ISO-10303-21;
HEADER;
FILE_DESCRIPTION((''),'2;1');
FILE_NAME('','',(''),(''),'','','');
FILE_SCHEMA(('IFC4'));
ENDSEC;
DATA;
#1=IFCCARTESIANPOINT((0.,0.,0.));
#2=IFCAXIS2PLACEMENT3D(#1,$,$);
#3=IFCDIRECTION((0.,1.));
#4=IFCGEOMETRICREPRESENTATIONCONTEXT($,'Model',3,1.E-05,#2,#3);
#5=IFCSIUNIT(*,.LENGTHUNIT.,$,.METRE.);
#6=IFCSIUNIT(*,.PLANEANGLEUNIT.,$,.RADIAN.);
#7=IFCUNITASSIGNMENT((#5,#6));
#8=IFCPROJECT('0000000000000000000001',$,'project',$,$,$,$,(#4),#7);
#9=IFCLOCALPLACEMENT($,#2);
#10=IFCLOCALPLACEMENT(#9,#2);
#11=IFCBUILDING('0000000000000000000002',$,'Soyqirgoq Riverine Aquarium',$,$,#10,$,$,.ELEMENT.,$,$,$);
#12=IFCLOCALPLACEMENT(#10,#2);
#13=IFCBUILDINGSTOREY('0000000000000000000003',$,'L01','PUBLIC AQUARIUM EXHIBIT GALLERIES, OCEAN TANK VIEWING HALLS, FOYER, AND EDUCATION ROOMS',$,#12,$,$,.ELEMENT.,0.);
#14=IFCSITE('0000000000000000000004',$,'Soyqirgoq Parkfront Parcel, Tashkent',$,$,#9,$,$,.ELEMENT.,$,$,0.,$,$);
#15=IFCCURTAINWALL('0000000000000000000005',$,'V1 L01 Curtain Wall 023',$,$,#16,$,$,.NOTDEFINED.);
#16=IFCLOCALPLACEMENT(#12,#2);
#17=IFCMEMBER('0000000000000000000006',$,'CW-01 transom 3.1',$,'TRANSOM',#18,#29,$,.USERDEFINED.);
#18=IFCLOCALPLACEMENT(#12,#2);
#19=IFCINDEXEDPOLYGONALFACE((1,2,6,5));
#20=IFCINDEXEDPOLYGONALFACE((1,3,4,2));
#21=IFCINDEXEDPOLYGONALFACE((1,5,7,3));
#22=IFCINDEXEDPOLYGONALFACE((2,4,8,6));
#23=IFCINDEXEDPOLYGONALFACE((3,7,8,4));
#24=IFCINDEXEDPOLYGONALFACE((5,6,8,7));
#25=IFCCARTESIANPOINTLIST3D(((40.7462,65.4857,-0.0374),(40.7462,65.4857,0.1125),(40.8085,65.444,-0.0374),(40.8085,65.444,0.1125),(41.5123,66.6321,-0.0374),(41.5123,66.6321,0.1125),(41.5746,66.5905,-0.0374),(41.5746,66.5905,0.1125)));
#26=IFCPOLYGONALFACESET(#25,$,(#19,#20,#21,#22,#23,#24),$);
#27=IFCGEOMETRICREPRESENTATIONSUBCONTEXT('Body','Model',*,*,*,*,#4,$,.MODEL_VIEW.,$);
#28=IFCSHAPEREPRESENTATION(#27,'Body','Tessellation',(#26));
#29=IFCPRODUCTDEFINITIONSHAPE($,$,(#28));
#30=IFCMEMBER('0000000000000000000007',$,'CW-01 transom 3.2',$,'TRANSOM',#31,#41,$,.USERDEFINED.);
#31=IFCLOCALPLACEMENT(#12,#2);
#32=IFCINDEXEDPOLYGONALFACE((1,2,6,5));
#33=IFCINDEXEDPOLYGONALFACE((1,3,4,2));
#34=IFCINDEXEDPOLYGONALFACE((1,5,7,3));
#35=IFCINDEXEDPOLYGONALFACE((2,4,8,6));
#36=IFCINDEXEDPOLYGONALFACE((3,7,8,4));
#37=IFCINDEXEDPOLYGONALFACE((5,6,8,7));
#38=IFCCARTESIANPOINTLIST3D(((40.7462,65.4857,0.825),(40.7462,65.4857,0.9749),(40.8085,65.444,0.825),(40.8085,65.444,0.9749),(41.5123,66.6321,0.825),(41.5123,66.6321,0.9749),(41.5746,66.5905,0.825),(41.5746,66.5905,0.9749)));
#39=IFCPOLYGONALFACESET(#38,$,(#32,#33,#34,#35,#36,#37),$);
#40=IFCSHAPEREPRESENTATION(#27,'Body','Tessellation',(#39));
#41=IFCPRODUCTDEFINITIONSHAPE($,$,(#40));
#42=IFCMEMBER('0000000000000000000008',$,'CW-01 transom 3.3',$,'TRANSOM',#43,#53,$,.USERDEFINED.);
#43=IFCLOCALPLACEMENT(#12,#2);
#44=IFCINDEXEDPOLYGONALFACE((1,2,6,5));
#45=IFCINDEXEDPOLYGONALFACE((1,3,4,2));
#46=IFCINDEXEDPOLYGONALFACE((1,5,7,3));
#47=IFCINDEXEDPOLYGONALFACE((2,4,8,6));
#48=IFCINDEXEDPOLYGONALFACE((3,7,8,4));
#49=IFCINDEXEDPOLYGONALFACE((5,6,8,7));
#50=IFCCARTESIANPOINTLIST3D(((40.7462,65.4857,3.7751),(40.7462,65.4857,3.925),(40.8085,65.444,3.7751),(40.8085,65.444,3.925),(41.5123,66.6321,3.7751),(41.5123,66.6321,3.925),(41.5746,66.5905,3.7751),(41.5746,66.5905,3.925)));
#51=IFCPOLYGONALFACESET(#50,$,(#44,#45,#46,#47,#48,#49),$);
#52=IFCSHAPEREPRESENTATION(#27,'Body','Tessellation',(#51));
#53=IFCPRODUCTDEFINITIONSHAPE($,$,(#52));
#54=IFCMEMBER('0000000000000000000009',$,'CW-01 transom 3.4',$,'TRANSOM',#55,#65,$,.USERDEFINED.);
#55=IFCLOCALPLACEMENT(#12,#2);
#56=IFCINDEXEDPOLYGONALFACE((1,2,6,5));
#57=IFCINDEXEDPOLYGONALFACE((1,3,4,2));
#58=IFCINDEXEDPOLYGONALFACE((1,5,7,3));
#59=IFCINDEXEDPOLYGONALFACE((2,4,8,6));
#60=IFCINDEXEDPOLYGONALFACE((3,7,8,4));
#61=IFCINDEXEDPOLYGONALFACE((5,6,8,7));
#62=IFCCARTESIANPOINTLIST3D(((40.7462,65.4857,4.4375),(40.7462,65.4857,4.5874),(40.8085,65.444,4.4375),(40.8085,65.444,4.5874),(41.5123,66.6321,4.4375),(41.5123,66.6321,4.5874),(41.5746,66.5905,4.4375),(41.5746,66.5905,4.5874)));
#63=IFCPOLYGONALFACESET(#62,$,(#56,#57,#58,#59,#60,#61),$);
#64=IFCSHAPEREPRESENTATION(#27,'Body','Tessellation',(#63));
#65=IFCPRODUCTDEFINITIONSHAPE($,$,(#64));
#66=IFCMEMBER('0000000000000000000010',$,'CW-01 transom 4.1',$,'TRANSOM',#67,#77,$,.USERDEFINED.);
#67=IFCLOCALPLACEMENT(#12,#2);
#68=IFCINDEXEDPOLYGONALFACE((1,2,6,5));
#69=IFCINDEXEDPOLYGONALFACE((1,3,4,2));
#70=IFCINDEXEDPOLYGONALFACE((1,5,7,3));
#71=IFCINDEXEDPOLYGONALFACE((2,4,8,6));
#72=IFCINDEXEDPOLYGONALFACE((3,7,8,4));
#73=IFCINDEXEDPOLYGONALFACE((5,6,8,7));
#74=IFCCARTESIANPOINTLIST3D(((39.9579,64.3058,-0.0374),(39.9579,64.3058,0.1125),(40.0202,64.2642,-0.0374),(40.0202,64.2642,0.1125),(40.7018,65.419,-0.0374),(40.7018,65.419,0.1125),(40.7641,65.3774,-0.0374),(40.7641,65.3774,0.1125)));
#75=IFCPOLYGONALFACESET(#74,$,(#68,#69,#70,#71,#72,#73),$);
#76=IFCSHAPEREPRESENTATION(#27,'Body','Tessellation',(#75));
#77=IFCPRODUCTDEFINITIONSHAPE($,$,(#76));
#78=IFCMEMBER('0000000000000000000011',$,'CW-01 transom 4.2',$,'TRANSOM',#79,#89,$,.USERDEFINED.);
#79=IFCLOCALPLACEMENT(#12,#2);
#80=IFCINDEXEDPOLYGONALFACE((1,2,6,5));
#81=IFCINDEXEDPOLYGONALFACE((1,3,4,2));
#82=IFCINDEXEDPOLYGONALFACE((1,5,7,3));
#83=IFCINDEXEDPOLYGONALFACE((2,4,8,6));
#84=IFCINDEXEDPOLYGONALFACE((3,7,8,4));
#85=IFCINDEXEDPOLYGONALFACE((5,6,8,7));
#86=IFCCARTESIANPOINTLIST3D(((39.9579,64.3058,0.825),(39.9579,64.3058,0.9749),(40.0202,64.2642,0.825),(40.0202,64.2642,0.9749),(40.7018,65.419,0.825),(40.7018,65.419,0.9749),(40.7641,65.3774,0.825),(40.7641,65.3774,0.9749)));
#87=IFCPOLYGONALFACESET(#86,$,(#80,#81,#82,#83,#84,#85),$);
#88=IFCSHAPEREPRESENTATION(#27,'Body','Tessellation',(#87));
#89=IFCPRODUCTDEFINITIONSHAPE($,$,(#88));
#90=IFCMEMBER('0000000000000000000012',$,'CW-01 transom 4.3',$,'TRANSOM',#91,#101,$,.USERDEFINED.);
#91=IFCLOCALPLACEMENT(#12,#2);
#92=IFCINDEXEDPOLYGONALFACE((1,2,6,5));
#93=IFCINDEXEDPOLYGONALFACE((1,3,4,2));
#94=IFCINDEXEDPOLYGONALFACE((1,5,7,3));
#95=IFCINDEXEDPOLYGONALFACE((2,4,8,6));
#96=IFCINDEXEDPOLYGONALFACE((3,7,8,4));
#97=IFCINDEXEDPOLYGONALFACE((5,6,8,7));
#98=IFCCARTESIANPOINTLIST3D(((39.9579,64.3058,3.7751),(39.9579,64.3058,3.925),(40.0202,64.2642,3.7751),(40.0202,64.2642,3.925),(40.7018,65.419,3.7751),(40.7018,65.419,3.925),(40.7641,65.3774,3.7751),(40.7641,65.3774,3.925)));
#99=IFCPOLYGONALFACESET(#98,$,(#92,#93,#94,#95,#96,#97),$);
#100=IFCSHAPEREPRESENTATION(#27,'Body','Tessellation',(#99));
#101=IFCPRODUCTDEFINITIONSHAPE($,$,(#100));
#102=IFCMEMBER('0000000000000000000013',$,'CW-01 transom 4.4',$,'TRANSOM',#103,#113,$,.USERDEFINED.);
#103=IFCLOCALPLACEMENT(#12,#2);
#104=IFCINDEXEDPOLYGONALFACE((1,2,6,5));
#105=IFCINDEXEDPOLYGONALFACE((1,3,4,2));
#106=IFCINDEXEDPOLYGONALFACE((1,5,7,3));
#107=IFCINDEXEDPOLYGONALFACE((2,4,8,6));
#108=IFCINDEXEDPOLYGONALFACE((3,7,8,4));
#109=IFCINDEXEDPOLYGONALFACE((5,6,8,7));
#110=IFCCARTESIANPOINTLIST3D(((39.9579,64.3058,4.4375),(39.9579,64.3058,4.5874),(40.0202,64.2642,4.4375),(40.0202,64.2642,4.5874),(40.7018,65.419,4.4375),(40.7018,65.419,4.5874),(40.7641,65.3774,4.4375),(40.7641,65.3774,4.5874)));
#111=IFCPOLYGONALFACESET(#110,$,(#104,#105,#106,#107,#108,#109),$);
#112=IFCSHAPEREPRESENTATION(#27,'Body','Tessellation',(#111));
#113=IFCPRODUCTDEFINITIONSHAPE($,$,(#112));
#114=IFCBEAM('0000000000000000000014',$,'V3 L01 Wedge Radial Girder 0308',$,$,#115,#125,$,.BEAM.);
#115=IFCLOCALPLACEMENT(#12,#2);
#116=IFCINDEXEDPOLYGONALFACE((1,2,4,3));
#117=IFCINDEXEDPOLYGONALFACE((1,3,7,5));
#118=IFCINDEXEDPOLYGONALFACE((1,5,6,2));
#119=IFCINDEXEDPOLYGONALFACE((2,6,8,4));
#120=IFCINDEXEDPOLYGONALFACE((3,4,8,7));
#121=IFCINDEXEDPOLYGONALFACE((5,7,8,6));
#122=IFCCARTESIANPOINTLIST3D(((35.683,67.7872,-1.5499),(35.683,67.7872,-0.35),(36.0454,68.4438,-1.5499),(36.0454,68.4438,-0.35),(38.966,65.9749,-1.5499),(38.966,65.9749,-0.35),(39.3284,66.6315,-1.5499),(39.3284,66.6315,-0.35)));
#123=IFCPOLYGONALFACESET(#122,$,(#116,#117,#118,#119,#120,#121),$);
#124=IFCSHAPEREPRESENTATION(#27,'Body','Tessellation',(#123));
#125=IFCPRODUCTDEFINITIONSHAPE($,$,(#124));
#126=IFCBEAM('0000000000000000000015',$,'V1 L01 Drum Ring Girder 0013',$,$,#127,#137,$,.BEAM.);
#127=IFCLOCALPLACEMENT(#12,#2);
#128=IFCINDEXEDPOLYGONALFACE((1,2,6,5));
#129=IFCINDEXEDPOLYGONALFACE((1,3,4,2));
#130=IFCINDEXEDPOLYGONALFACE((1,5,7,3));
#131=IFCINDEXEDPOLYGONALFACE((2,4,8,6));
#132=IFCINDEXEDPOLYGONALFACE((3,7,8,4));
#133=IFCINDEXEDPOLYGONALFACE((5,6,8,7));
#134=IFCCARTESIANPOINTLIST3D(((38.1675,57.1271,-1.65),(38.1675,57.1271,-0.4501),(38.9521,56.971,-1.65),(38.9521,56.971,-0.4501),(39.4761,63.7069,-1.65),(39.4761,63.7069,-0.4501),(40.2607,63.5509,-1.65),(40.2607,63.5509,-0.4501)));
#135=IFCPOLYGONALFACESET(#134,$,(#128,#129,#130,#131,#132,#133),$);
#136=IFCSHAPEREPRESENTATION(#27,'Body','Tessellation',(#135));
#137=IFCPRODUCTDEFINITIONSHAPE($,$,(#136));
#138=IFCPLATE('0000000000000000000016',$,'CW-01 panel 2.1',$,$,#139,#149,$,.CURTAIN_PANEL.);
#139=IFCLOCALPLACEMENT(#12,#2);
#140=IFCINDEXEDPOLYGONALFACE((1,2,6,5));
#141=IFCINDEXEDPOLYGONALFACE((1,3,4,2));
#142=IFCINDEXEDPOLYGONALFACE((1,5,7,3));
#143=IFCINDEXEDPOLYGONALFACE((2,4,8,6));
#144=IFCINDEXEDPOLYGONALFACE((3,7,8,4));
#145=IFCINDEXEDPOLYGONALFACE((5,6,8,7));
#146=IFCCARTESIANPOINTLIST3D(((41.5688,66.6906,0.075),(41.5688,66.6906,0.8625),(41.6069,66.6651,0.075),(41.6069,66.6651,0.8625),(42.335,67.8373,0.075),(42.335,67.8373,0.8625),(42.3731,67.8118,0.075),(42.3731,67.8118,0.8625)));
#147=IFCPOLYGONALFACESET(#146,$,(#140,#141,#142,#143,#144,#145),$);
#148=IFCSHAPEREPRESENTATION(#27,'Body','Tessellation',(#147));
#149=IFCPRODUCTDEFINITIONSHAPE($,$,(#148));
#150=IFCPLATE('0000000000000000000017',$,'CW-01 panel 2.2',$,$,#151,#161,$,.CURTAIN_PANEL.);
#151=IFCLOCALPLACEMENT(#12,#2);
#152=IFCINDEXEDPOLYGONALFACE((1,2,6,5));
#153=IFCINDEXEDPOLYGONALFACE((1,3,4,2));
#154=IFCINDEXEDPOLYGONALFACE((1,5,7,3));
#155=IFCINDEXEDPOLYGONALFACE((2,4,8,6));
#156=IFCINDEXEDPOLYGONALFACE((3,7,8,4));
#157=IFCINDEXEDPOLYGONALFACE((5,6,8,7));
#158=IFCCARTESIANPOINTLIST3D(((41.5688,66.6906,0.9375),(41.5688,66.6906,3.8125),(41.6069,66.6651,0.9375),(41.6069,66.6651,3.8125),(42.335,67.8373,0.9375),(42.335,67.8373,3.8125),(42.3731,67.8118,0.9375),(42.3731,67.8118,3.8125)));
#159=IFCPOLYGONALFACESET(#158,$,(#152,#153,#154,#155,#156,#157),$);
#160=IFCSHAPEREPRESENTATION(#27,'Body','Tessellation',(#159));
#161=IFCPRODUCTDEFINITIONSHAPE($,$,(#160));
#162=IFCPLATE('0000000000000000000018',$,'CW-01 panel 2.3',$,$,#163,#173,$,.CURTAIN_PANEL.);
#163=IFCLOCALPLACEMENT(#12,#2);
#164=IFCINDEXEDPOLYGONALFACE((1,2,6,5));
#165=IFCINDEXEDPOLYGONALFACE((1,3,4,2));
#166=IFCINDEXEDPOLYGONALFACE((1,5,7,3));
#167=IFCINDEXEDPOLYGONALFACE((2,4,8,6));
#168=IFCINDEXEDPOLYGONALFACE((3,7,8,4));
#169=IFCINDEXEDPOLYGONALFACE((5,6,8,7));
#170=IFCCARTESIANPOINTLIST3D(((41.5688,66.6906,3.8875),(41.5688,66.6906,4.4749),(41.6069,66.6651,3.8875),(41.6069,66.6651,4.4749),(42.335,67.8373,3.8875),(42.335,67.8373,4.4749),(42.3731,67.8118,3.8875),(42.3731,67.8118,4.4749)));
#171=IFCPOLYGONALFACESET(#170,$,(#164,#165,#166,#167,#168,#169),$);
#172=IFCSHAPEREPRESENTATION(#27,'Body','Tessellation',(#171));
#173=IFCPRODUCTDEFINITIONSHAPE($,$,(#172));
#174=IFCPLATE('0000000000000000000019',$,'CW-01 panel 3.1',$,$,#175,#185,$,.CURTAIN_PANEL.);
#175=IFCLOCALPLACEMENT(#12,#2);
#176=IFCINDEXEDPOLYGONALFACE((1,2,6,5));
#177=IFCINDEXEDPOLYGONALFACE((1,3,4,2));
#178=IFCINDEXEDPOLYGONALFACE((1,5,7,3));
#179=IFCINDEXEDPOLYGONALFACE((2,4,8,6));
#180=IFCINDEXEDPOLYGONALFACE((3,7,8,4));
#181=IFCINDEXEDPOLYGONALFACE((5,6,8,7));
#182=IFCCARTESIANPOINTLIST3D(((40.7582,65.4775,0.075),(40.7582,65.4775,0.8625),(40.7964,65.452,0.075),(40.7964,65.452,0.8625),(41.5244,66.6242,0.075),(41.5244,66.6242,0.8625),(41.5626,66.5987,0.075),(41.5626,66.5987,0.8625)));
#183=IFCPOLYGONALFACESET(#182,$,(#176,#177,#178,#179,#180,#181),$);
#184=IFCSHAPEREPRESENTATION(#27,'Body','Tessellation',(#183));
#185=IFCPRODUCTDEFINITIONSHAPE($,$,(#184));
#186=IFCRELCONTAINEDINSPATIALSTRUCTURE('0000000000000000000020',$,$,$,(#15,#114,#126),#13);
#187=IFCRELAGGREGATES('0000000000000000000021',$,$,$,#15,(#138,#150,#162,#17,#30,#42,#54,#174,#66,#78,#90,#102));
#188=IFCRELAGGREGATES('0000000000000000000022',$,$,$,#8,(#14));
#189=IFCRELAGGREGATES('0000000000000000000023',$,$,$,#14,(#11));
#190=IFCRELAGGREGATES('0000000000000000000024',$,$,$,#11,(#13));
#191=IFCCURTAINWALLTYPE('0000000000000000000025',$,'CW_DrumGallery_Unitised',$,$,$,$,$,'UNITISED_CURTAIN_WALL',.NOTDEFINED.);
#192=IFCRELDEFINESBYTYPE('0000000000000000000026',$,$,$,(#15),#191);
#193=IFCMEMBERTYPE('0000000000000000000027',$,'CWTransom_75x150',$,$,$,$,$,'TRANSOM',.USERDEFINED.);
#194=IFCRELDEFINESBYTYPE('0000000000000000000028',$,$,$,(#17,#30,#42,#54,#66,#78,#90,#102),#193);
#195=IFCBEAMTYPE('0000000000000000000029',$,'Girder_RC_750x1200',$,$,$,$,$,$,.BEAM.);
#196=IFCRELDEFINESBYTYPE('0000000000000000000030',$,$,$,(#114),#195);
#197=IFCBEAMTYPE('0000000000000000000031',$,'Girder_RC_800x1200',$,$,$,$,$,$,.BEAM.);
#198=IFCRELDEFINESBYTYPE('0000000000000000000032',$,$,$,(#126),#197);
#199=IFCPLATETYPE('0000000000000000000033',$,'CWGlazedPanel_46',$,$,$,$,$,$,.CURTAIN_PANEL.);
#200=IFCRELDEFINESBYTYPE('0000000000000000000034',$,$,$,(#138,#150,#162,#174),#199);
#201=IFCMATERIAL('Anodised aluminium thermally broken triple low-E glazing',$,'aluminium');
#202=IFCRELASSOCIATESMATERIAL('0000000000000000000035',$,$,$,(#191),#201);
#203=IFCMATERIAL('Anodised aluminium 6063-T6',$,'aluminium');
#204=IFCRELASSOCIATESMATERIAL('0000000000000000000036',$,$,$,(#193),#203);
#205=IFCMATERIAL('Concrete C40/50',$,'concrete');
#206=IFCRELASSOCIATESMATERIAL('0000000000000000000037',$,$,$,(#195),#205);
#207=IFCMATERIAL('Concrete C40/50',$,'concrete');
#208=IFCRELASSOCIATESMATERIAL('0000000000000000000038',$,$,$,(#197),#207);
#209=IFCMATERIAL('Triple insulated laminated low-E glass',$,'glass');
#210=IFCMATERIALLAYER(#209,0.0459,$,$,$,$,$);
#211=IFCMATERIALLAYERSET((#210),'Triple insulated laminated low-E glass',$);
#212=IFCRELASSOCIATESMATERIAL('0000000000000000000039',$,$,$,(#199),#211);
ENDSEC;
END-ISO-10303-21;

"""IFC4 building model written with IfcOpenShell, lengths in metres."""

from ifc_helpers import new_model, si_unit, direction, frame, origin, origin_2d, place, context, subcontext, project, spatial, rectangle, extrude, material, layer, layer_set, material_profile, profile_set, type_object, element, aggregate, save


model = new_model("IFC4")

# Units and contexts
model_context = context("Model", 3, precision=1e-05, world=origin(), true_north=direction((0.0, 1.0)))
body_context = subcontext(model_context, "Body", "Model", "MODEL_VIEW")
ifc_project = project(units=[si_unit("LENGTHUNIT", "METRE"), si_unit("PLANEANGLEUNIT", "RADIAN")], contexts=[model_context])

# Site, building, storey
site_placement = place(None, origin())
site = spatial("IfcSite", under=ifc_project, at=site_placement, Name="Soyqirgoq Parkfront Parcel, Tashkent", CompositionType="ELEMENT", RefElevation=0.0)
building_placement = place(site_placement, origin())
building = spatial("IfcBuilding", under=site, at=building_placement, Name="Soyqirgoq Riverine Aquarium", CompositionType="ELEMENT")
storey_placement = place(building_placement, origin())
storey = spatial("IfcBuildingStorey", under=building, at=storey_placement, Name="L01", Description="PUBLIC AQUARIUM EXHIBIT GALLERIES, OCEAN TANK VIEWING HALLS, FOYER, AND EDUCATION ROOMS", CompositionType="ELEMENT", Elevation=0.0)

# Curtain wall, members
ifc_material_1 = material(Name="Anodised aluminium thermally broken triple low-E glazing", Category="aluminium")
curtain_wall_type = type_object("IfcCurtainWallType", Name="CW_DrumGallery_Unitised", ElementType="UNITISED_CURTAIN_WALL", PredefinedType="NOTDEFINED", material=ifc_material_1)
curtain_wall_placement = place(storey_placement, origin())
curtain_wall = element("IfcCurtainWall", 1, at=curtain_wall_placement, inside=storey, type_object=curtain_wall_type, Name="V1 L01 Curtain Wall 023", PredefinedType="NOTDEFINED")
ifc_material_2 = material(Name="Anodised aluminium 6063-T6", Category="aluminium")
ifc_material_profile_1 = material_profile(ifc_material_2, rectangle(XDim=0.075, YDim=0.1499, at=origin_2d()), Name="ALU-T 75x150")
ifc_profile_set_1 = profile_set([ifc_material_profile_1], Name="Anodised aluminium 6063-T6")
member_type_1 = type_object("IfcMemberType", Name="CWTransom_75x150", ElementType="TRANSOM", PredefinedType="USERDEFINED", material=ifc_profile_set_1)
member_1_placement = place(storey_placement, frame((41.5435, 66.6113, 0.0376), z_axis=(-0.555599, -0.831451, 0.0), x_axis=(0.831451, -0.555599, 0.0)))
member_1 = element("IfcMember", 2, at=member_1_placement, type_object=member_type_1, Name="CW-01 transom 3.1", ObjectType="TRANSOM", PredefinedType="USERDEFINED", context=body_context, shape_type="SweptSolid", body=[
    extrude(rectangle(XDim=0.075, YDim=0.1499, at=origin_2d()), origin(), (0.0, 0.0, 1.0), 1.3789),
])
member_2_placement = place(storey_placement, frame((41.5435, 66.6113, 0.8999), z_axis=(-0.555599, -0.831451, 0.0), x_axis=(0.831451, -0.555599, 0.0)))
member_2 = element("IfcMember", 3, at=member_2_placement, type_object=member_type_1, Name="CW-01 transom 3.2", ObjectType="TRANSOM", PredefinedType="USERDEFINED", context=body_context, shape_type="SweptSolid", body=[
    extrude(rectangle(XDim=0.075, YDim=0.1499, at=origin_2d()), origin(), (0.0, 0.0, 1.0), 1.3789),
])
member_3_placement = place(storey_placement, frame((41.5435, 66.6113, 3.8501), z_axis=(-0.555599, -0.831451, 0.0), x_axis=(0.831451, -0.555599, 0.0)))
member_3 = element("IfcMember", 4, at=member_3_placement, type_object=member_type_1, Name="CW-01 transom 3.3", ObjectType="TRANSOM", PredefinedType="USERDEFINED", context=body_context, shape_type="SweptSolid", body=[
    extrude(rectangle(XDim=0.075, YDim=0.1499, at=origin_2d()), origin(), (0.0, 0.0, 1.0), 1.3789),
])
member_4_placement = place(storey_placement, frame((41.5435, 66.6113, 4.5125), z_axis=(-0.555599, -0.831451, 0.0), x_axis=(0.831451, -0.555599, 0.0)))
member_4 = element("IfcMember", 5, at=member_4_placement, type_object=member_type_1, Name="CW-01 transom 3.4", ObjectType="TRANSOM", PredefinedType="USERDEFINED", context=body_context, shape_type="SweptSolid", body=[
    extrude(rectangle(XDim=0.075, YDim=0.1499, at=origin_2d()), origin(), (0.0, 0.0, 1.0), 1.3789),
])
member_5_placement = place(storey_placement, frame((40.7329, 65.3982, 0.0376), z_axis=(-0.555584, -0.831461, 0.0), x_axis=(0.831461, -0.555584, 0.0)))
member_5 = element("IfcMember", 6, at=member_5_placement, type_object=member_type_1, Name="CW-01 transom 4.1", ObjectType="TRANSOM", PredefinedType="USERDEFINED", context=body_context, shape_type="SweptSolid", body=[
    extrude(rectangle(XDim=0.075, YDim=0.1499, at=origin_2d()), origin(), (0.0, 0.0, 1.0), 1.3389),
])
member_6_placement = place(storey_placement, frame((40.7329, 65.3982, 0.8999), z_axis=(-0.555584, -0.831461, 0.0), x_axis=(0.831461, -0.555584, 0.0)))
member_6 = element("IfcMember", 7, at=member_6_placement, type_object=member_type_1, Name="CW-01 transom 4.2", ObjectType="TRANSOM", PredefinedType="USERDEFINED", context=body_context, shape_type="SweptSolid", body=[
    extrude(rectangle(XDim=0.075, YDim=0.1499, at=origin_2d()), origin(), (0.0, 0.0, 1.0), 1.3389),
])
member_7_placement = place(storey_placement, frame((40.7329, 65.3982, 3.8501), z_axis=(-0.555584, -0.831461, 0.0), x_axis=(0.831461, -0.555584, 0.0)))
member_7 = element("IfcMember", 8, at=member_7_placement, type_object=member_type_1, Name="CW-01 transom 4.3", ObjectType="TRANSOM", PredefinedType="USERDEFINED", context=body_context, shape_type="SweptSolid", body=[
    extrude(rectangle(XDim=0.075, YDim=0.1499, at=origin_2d()), origin(), (0.0, 0.0, 1.0), 1.3389),
])
member_8_placement = place(storey_placement, frame((40.7329, 65.3982, 4.5125), z_axis=(-0.555584, -0.831461, 0.0), x_axis=(0.831461, -0.555584, 0.0)))
member_8 = element("IfcMember", 9, at=member_8_placement, type_object=member_type_1, Name="CW-01 transom 4.4", ObjectType="TRANSOM", PredefinedType="USERDEFINED", context=body_context, shape_type="SweptSolid", body=[
    extrude(rectangle(XDim=0.075, YDim=0.1499, at=origin_2d()), origin(), (0.0, 0.0, 1.0), 1.3389),
])

# Beams
ifc_material_3 = material(Name="Concrete C40/50", Category="concrete")
ifc_material_profile_2 = material_profile(ifc_material_3, rectangle(XDim=0.75, YDim=1.2, at=origin_2d()), Name="RC 750x1200")
ifc_profile_set_2 = profile_set([ifc_material_profile_2], Name="Concrete C40/50")
beam_type_1 = type_object("IfcBeamType", Name="Girder_RC_750x1200", PredefinedType="BEAM", material=ifc_profile_set_2)
beam_1_placement = place(storey_placement, frame((39.1472, 66.3032, -0.95), z_axis=(-0.875468, 0.483275, 0.0), x_axis=(-0.483275, -0.875468, 0.0)))
element("IfcBeam", 10, at=beam_1_placement, inside=storey, type_object=beam_type_1, Name="V3 L01 Wedge Radial Girder 0308", PredefinedType="BEAM", context=body_context, shape_type="SweptSolid", body=[
    extrude(rectangle(XDim=0.75, YDim=1.2, at=origin_2d()), origin(), (0.0, 0.0, 1.0), 3.75),
])
ifc_material_4 = material(Name="Concrete C40/50", Category="concrete")
ifc_material_profile_3 = material_profile(ifc_material_4, rectangle(XDim=0.8, YDim=1.2, at=origin_2d()), Name="RC 800x1200")
ifc_profile_set_3 = profile_set([ifc_material_profile_3], Name="Concrete C40/50")
beam_type_2 = type_object("IfcBeamType", Name="Girder_RC_800x1200", PredefinedType="BEAM", material=ifc_profile_set_3)
beam_2_placement = place(storey_placement, frame((39.8684, 63.6289, -1.05), z_axis=(-0.195059, -0.980791, 0.0), x_axis=(0.980791, -0.195059, 0.0)))
element("IfcBeam", 11, at=beam_2_placement, inside=storey, type_object=beam_type_2, Name="V1 L01 Drum Ring Girder 0013", PredefinedType="BEAM", context=body_context, shape_type="SweptSolid", body=[
    extrude(rectangle(XDim=0.8, YDim=1.2, at=origin_2d()), origin(), (0.0, 0.0, 1.0), 6.7087),
])

# Plates
ifc_material_5 = material(Name="Triple insulated laminated low-E glass", Category="glass")
ifc_layer_1 = layer(ifc_material_5, 0.0459)
ifc_layer_set_1 = layer_set([ifc_layer_1], Name="Triple insulated laminated low-E glass")
plate_type = type_object("IfcPlateType", Name="CWGlazedPanel_46", PredefinedType="CURTAIN_PANEL", material=ifc_layer_set_1)
plate_1_placement = place(storey_placement, frame((41.9709, 67.2512, 0.075), z_axis=(0.0, 0.0, 1.0), x_axis=(-0.555574, -0.831467, 0.0)))
plate_1 = element("IfcPlate", 12, at=plate_1_placement, type_object=plate_type, Name="CW-01 panel 2.1", PredefinedType="CURTAIN_PANEL", context=body_context, shape_type="SweptSolid", body=[
    extrude(rectangle(XDim=1.3792, YDim=0.0459, at=origin_2d()), origin(), (0.0, 0.0, 1.0), 0.7876),
])
plate_2_placement = place(storey_placement, frame((41.9709, 67.2512, 0.9375), z_axis=(0.0, 0.0, 1.0), x_axis=(-0.555574, -0.831467, 0.0)))
plate_2 = element("IfcPlate", 13, at=plate_2_placement, type_object=plate_type, Name="CW-01 panel 2.2", PredefinedType="CURTAIN_PANEL", context=body_context, shape_type="SweptSolid", body=[
    extrude(rectangle(XDim=1.3792, YDim=0.0459, at=origin_2d()), origin(), (0.0, 0.0, 1.0), 2.875),
])
plate_3_placement = place(storey_placement, frame((41.9709, 67.2512, 3.8875), z_axis=(0.0, 0.0, 1.0), x_axis=(-0.555574, -0.831467, 0.0)))
plate_3 = element("IfcPlate", 14, at=plate_3_placement, type_object=plate_type, Name="CW-01 panel 2.3", PredefinedType="CURTAIN_PANEL", context=body_context, shape_type="SweptSolid", body=[
    extrude(rectangle(XDim=1.3792, YDim=0.0459, at=origin_2d()), origin(), (0.0, 0.0, 1.0), 0.5874),
])
plate_4_placement = place(storey_placement, frame((41.1604, 66.0381, 0.075), z_axis=(0.0, 0.0, 1.0), x_axis=(-0.555574, -0.831467, 0.0)))
plate_4 = element("IfcPlate", 15, at=plate_4_placement, type_object=plate_type, Name="CW-01 panel 3.1", PredefinedType="CURTAIN_PANEL", context=body_context, shape_type="SweptSolid", body=[
    extrude(rectangle(XDim=1.3792, YDim=0.0459, at=origin_2d()), origin(), (0.0, 0.0, 1.0), 0.7876),
])
aggregate(curtain_wall, [plate_1, plate_2, plate_3, member_1, member_2, member_3, member_4, plate_4, member_5, member_6, member_7, member_8])

save(model, "model.ifc")
